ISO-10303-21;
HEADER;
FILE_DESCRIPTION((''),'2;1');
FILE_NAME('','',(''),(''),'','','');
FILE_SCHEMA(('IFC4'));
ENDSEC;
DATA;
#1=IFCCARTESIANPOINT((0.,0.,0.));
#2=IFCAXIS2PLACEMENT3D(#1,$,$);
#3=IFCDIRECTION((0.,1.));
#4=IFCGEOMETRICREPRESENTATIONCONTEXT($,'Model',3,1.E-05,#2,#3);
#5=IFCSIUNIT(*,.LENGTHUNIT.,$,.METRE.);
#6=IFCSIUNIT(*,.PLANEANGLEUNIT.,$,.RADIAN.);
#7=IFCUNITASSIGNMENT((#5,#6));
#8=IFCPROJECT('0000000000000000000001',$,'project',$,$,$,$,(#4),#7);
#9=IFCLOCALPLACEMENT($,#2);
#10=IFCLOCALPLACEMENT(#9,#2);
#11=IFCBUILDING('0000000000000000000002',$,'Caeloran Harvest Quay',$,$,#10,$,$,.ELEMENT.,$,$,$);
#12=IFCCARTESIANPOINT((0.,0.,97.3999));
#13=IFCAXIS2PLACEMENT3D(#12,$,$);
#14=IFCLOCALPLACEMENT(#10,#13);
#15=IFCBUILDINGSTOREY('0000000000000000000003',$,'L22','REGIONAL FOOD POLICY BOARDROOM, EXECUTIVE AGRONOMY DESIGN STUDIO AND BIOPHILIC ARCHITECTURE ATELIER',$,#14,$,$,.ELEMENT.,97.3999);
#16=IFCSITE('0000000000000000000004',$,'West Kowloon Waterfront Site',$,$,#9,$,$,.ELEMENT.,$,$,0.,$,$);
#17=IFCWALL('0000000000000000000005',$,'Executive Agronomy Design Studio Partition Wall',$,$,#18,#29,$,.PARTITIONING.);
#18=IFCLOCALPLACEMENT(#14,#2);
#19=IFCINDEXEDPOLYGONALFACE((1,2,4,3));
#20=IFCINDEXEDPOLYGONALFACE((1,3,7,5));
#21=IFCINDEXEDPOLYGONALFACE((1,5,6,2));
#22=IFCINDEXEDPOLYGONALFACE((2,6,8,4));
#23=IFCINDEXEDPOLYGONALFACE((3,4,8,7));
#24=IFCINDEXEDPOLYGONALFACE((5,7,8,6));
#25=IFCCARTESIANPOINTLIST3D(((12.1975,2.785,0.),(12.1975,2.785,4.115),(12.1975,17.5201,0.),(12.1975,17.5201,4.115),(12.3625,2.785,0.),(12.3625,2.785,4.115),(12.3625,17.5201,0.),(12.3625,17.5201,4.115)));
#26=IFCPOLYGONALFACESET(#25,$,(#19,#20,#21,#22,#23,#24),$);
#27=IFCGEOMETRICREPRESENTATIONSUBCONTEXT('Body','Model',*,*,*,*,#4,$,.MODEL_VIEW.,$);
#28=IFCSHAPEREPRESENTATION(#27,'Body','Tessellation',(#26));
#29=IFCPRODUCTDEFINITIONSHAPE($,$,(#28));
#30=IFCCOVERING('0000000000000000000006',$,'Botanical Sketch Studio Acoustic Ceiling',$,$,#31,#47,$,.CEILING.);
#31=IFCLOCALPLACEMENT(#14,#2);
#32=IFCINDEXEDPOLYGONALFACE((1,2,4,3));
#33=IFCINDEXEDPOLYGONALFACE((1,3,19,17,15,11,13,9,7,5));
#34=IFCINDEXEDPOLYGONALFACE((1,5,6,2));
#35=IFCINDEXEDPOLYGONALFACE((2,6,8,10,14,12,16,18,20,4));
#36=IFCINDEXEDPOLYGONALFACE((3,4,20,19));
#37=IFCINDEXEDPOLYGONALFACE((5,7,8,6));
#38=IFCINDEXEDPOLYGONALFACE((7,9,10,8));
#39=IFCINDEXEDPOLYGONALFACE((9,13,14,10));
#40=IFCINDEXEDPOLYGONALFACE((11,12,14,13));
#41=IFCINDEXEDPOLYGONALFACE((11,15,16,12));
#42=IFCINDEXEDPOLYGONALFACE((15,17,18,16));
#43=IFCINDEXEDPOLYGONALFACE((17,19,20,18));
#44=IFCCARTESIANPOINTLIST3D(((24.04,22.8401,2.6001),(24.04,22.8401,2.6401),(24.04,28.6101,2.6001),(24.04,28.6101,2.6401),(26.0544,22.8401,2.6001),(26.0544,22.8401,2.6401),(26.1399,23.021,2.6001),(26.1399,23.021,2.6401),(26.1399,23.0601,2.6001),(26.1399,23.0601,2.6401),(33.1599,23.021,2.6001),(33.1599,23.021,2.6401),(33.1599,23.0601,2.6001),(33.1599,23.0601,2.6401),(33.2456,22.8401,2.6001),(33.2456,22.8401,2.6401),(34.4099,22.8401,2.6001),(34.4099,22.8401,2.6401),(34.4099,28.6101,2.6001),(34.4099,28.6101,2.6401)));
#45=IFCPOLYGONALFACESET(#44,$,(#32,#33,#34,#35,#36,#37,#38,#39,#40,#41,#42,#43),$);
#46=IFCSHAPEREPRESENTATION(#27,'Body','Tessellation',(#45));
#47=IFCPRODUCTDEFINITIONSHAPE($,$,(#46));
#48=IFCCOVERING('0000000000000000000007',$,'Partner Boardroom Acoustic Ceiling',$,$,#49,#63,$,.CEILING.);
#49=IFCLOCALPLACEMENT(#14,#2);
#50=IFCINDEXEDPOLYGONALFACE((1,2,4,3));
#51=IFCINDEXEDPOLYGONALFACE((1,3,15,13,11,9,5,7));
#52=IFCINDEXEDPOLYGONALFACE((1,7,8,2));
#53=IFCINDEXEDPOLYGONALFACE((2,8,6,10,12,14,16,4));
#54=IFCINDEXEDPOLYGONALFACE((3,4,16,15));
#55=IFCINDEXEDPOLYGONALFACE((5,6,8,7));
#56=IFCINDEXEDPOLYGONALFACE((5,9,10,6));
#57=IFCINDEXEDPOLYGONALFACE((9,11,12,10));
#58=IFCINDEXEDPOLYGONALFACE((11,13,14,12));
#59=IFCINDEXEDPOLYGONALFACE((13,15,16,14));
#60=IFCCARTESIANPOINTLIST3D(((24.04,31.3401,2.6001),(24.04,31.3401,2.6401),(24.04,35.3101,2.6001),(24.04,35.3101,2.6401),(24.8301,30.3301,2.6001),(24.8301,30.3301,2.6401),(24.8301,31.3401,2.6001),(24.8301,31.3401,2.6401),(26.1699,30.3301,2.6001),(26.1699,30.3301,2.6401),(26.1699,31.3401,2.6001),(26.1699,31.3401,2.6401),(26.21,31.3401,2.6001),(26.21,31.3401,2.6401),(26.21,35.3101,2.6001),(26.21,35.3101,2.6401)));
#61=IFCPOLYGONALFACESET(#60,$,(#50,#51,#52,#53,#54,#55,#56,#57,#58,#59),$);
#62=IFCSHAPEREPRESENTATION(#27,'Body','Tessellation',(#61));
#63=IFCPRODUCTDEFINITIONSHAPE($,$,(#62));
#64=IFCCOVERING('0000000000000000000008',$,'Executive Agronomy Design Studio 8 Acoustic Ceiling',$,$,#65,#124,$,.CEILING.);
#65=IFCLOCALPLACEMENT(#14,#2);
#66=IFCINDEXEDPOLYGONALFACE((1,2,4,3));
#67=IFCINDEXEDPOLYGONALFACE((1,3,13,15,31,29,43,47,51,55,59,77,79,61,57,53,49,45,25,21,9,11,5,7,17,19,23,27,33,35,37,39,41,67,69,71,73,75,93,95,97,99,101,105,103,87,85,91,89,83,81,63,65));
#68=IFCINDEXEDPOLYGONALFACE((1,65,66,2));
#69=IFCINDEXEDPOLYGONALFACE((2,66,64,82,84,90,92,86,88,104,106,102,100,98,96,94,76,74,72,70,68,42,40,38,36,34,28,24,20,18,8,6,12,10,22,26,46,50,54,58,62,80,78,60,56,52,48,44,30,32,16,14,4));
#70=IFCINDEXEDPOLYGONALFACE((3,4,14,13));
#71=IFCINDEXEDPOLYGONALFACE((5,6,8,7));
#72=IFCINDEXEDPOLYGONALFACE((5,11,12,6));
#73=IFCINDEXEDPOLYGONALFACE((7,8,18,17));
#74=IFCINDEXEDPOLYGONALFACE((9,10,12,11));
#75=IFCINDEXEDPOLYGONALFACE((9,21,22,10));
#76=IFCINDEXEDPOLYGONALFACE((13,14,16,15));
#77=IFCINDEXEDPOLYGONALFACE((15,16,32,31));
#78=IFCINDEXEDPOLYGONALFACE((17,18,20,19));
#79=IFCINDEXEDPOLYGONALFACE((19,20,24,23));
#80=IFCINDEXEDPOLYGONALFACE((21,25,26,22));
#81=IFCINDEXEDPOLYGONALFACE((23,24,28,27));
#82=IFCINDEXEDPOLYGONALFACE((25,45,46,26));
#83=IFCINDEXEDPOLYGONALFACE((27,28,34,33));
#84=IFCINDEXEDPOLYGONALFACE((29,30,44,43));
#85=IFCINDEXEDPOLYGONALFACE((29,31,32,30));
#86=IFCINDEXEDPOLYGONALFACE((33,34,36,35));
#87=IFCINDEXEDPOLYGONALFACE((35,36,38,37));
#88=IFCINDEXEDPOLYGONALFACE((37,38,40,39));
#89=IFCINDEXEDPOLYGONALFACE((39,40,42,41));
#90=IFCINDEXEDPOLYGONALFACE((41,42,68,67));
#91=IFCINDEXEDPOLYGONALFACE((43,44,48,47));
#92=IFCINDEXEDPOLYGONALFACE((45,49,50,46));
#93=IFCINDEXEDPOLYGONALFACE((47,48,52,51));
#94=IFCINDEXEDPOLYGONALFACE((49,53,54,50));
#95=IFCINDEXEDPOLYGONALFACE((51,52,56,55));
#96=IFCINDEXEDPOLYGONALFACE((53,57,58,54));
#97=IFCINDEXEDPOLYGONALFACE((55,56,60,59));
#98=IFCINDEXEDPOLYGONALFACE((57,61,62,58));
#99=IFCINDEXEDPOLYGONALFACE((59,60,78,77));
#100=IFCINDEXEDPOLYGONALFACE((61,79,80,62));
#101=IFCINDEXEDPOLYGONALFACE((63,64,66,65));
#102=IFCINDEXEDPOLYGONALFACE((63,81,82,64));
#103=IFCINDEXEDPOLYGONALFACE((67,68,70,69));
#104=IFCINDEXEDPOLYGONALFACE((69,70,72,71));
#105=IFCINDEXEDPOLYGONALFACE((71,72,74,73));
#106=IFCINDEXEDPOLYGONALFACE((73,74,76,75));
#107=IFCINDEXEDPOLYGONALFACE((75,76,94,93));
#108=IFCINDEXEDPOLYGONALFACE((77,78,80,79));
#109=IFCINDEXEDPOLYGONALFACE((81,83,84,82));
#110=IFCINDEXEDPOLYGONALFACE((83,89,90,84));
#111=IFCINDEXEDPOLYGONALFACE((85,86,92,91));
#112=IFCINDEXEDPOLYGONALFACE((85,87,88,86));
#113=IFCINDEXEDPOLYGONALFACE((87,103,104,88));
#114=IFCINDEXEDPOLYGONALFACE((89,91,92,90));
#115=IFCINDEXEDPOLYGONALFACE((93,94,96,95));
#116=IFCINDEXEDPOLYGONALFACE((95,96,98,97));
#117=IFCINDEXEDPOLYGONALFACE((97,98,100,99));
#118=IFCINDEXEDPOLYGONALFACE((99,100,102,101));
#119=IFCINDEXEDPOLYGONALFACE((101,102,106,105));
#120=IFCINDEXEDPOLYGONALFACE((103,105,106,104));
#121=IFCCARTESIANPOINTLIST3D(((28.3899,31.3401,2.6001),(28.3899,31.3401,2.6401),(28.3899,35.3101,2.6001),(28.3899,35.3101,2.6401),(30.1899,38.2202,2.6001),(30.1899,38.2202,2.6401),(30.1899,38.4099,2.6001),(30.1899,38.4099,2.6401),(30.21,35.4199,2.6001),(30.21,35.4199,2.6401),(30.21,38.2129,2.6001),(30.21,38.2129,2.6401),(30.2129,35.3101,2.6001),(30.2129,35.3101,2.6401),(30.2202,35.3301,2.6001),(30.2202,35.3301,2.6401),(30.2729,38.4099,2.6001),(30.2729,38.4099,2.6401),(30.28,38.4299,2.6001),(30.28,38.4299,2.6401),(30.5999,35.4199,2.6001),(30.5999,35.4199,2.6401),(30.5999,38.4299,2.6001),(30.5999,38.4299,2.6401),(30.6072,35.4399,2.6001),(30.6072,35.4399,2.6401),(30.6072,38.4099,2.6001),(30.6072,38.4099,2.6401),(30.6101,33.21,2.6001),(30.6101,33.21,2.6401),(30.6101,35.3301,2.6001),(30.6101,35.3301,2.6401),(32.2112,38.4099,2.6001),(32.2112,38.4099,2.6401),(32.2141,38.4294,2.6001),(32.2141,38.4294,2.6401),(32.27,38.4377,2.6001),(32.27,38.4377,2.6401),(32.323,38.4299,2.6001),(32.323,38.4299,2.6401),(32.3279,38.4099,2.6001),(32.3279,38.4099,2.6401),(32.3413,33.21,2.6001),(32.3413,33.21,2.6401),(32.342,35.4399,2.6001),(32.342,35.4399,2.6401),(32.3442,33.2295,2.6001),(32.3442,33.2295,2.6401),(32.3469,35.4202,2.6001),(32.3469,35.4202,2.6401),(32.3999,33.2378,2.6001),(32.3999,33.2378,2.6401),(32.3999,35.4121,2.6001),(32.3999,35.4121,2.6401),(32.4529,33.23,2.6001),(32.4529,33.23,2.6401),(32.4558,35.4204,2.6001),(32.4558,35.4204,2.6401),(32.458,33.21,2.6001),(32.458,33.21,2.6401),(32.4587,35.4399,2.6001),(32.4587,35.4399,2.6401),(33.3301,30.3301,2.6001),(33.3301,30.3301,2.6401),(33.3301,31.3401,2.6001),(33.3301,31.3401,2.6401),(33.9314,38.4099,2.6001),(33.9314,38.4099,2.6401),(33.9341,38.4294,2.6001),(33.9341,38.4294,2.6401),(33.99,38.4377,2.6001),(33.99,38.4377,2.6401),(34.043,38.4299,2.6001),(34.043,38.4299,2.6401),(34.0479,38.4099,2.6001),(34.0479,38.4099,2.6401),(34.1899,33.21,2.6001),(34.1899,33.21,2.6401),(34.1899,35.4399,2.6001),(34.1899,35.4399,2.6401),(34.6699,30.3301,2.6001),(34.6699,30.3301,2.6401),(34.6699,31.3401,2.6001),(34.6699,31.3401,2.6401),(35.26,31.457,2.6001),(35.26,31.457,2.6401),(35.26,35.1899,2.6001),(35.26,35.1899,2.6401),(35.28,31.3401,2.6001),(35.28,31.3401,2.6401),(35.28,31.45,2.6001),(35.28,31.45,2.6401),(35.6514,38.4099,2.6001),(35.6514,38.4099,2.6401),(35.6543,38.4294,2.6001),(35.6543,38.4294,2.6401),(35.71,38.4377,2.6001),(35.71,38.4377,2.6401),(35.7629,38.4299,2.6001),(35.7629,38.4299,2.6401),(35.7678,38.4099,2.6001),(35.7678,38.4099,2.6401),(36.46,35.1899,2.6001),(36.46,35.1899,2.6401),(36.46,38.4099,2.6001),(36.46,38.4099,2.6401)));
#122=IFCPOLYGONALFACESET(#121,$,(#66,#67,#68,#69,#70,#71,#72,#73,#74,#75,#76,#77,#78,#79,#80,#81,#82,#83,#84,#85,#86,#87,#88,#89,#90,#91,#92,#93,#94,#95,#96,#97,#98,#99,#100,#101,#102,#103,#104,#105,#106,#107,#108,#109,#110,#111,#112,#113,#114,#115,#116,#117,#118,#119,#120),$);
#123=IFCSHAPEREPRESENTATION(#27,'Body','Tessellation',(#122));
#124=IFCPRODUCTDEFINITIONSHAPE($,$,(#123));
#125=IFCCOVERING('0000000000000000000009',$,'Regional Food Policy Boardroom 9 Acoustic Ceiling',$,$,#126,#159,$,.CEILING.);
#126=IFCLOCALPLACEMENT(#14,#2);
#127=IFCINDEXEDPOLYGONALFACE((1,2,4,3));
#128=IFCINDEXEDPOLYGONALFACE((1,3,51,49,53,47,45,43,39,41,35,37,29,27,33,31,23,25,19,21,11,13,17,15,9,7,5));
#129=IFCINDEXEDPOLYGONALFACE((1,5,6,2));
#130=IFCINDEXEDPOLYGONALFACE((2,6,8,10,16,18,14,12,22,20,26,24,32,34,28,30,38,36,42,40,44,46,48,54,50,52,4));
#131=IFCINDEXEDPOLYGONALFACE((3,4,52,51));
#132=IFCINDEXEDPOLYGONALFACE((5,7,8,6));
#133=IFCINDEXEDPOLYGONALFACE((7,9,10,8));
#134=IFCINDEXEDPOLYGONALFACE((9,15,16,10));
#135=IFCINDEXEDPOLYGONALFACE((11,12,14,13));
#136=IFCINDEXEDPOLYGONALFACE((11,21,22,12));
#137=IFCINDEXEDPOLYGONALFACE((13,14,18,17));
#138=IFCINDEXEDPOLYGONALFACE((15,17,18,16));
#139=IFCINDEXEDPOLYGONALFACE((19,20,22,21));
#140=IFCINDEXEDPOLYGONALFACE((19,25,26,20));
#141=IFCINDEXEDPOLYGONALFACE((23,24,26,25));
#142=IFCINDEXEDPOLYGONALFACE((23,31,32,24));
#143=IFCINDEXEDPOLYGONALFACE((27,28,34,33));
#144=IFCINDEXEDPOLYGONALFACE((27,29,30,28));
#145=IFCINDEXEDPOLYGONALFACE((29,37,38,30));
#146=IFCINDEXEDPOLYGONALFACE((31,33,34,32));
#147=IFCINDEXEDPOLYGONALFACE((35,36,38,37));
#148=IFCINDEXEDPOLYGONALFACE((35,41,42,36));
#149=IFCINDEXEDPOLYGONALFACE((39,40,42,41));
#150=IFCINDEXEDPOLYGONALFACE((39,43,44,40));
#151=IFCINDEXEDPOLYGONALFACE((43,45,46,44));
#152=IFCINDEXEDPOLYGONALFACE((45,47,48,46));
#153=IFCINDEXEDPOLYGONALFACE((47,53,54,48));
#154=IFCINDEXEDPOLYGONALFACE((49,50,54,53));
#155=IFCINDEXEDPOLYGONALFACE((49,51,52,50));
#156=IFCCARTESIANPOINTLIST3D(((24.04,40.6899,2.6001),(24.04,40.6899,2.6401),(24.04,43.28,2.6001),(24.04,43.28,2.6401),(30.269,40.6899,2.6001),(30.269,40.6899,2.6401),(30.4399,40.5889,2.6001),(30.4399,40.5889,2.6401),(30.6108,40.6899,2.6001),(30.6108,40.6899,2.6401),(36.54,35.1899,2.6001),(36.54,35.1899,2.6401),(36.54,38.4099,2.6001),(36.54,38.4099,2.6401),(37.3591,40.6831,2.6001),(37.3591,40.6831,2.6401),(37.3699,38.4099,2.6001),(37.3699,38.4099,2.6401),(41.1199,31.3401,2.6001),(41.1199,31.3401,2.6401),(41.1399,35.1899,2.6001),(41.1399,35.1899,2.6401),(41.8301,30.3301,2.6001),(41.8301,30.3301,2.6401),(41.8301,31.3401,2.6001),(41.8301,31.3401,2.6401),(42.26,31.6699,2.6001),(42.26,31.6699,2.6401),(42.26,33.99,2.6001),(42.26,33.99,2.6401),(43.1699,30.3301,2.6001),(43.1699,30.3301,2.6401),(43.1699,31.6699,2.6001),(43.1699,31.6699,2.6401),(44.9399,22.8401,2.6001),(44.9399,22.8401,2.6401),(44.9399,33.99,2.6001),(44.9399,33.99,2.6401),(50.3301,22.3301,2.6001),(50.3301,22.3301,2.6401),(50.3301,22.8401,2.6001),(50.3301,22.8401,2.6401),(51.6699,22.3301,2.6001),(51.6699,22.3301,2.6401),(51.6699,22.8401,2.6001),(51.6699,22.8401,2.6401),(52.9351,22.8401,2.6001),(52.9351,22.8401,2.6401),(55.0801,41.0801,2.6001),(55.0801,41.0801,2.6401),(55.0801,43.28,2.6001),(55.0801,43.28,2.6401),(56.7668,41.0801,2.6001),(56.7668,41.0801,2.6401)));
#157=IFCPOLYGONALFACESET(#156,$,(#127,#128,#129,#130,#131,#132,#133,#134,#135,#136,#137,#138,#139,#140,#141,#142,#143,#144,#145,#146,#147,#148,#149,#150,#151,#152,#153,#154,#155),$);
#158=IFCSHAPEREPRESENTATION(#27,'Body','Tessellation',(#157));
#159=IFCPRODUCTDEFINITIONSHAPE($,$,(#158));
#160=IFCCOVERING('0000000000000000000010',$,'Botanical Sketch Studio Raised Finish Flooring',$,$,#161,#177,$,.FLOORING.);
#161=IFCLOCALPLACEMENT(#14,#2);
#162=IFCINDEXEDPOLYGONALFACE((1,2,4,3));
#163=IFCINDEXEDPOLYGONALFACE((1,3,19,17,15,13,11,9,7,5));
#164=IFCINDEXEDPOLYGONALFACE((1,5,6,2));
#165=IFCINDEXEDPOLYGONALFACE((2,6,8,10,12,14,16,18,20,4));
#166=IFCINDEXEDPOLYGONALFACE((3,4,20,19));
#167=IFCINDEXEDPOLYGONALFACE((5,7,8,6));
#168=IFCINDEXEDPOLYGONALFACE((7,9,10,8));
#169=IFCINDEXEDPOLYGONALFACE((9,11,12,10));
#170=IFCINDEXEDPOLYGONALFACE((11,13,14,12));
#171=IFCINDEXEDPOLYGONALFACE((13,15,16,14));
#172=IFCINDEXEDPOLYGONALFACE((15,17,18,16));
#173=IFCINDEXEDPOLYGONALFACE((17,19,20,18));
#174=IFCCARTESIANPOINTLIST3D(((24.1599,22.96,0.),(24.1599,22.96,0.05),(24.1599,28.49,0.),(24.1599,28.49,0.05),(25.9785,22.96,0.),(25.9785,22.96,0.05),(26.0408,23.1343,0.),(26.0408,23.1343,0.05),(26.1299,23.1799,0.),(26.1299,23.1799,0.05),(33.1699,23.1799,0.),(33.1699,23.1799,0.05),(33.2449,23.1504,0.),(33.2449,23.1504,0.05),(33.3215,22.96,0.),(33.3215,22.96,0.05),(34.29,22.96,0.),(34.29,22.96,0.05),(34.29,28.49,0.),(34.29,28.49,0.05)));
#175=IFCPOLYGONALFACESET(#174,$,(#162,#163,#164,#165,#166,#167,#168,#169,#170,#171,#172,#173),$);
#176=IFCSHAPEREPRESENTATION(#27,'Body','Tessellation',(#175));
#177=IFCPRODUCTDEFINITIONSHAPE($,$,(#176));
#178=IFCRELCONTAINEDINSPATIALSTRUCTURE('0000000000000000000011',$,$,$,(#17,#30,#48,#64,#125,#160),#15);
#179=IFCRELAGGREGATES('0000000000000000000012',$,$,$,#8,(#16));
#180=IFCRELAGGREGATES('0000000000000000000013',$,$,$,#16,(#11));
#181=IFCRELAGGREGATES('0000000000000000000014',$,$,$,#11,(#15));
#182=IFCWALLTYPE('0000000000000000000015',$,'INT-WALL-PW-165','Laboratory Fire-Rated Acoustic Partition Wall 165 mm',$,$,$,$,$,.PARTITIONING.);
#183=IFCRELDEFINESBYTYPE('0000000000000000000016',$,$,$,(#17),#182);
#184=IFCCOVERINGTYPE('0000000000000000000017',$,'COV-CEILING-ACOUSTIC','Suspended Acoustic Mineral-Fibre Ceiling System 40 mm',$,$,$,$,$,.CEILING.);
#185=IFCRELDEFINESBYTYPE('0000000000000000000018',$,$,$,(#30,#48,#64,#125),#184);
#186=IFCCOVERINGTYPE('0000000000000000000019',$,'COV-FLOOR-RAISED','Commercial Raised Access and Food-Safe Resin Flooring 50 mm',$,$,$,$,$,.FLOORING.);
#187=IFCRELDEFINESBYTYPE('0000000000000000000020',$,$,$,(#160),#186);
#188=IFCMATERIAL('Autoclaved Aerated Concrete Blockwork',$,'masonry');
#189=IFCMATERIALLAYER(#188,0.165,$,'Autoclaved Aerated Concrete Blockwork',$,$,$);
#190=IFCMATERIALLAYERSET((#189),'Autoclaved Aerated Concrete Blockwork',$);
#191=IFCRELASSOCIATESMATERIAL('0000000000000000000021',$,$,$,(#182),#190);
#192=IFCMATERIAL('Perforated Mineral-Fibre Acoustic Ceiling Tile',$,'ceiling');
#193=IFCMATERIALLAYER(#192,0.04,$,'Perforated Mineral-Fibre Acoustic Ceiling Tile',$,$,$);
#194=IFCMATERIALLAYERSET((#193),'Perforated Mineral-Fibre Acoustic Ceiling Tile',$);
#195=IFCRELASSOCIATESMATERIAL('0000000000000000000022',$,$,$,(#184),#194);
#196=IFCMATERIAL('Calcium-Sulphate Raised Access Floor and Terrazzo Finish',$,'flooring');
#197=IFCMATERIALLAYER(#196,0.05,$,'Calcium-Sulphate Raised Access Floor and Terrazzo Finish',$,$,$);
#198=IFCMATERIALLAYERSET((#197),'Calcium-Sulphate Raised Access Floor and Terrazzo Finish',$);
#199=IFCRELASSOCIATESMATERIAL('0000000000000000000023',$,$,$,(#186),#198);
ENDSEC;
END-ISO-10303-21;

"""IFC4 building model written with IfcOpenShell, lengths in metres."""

from ifc_helpers import new_model, si_unit, direction, frame, frame_2d, origin, place, context, subcontext, project, spatial, polyline, rectangle, outline, extrude, material, layer, layer_set, type_object, element, save


model = new_model("IFC4")

# Units and contexts
model_context = context("Model", 3, precision=1e-05, world=origin(), true_north=direction((0.0, 1.0)))
body_context = subcontext(model_context, "Body", "Model", "MODEL_VIEW")
ifc_project = project(units=[si_unit("LENGTHUNIT", "METRE"), si_unit("PLANEANGLEUNIT", "RADIAN")], contexts=[model_context])

# Site, building, storey
site_placement = place(None, origin())
site = spatial("IfcSite", under=ifc_project, at=site_placement, Name="West Kowloon Waterfront Site", CompositionType="ELEMENT", RefElevation=0.0)
building_placement = place(site_placement, origin())
building = spatial("IfcBuilding", under=site, at=building_placement, Name="Caeloran Harvest Quay", CompositionType="ELEMENT")
storey_placement = place(building_placement, frame((0.0, 0.0, 97.3999)))
storey = spatial("IfcBuildingStorey", under=building, at=storey_placement, Name="L22", Description="REGIONAL FOOD POLICY BOARDROOM, EXECUTIVE AGRONOMY DESIGN STUDIO AND BIOPHILIC ARCHITECTURE ATELIER", CompositionType="ELEMENT", Elevation=97.3999)

# Wall
ifc_material_1 = material(Name="Autoclaved Aerated Concrete Blockwork", Category="masonry")
ifc_layer_1 = layer(ifc_material_1, 0.165, Name="Autoclaved Aerated Concrete Blockwork")
ifc_layer_set_1 = layer_set([ifc_layer_1], Name="Autoclaved Aerated Concrete Blockwork")
wall_type_1 = type_object("IfcWallType", Name="INT-WALL-PW-165", Description="Laboratory Fire-Rated Acoustic Partition Wall 165 mm", PredefinedType="PARTITIONING", material=ifc_layer_set_1)
wall_1_placement = place(storey_placement, frame((12.28, 2.7849, 0.0), z_axis=(0.0, 0.0, 1.0), x_axis=(0.0, 1.0, 0.0)))
element("IfcWall", 1, at=wall_1_placement, inside=storey, type_object=wall_type_1, Name="Executive Agronomy Design Studio Partition Wall", PredefinedType="PARTITIONING", context=body_context, shape_type="SweptSolid", body=[
    extrude(rectangle(XDim=14.7351, YDim=0.165, at=frame_2d((7.3677, 0.0))), origin(), (0.0, 0.0, 1.0), 4.115),
])

# Coverings
ifc_material_2 = material(Name="Perforated Mineral-Fibre Acoustic Ceiling Tile", Category="ceiling")
ifc_layer_2 = layer(ifc_material_2, 0.04, Name="Perforated Mineral-Fibre Acoustic Ceiling Tile")
ifc_layer_set_2 = layer_set([ifc_layer_2], Name="Perforated Mineral-Fibre Acoustic Ceiling Tile")
covering_type_1 = type_object("IfcCoveringType", Name="COV-CEILING-ACOUSTIC", Description="Suspended Acoustic Mineral-Fibre Ceiling System 40 mm", PredefinedType="CEILING", material=ifc_layer_set_2)
covering_1_placement = place(storey_placement, frame((0.0, 0.0, 2.6001)))
element("IfcCovering", 2, at=covering_1_placement, inside=storey, type_object=covering_type_1, Name="Botanical Sketch Studio Acoustic Ceiling", PredefinedType="CEILING", context=body_context, shape_type="SweptSolid", body=[
    extrude(outline(polyline([(26.1399, 23.0601), (26.1399, 23.021), (26.0544, 22.8401), (24.04, 22.8401), (24.04, 28.6101), (34.4099, 28.6101), (34.4099, 22.8401), (33.2456, 22.8401), (33.1599, 23.021), (33.1599, 23.0601), (26.1399, 23.0601)])), origin(), (0.0, 0.0, 1.0), 0.04),
])
covering_2_placement = place(storey_placement, frame((0.0, 0.0, 2.6001)))
element("IfcCovering", 3, at=covering_2_placement, inside=storey, type_object=covering_type_1, Name="Partner Boardroom Acoustic Ceiling", PredefinedType="CEILING", context=body_context, shape_type="SweptSolid", body=[
    extrude(outline(polyline([(26.1699, 30.3301), (24.8301, 30.3301), (24.8301, 31.3401), (24.04, 31.3401), (24.04, 35.3101), (26.21, 35.3101), (26.21, 31.3401), (26.1699, 31.3401), (26.1699, 30.3301)])), origin(), (0.0, 0.0, 1.0), 0.04),
])
covering_3_placement = place(storey_placement, frame((0.0, 0.0, 2.6001)))
element("IfcCovering", 4, at=covering_3_placement, inside=storey, type_object=covering_type_1, Name="Executive Agronomy Design Studio 8 Acoustic Ceiling", PredefinedType="CEILING", context=body_context, shape_type="SweptSolid", body=[
    extrude(outline(polyline([(34.6699, 30.3301), (33.3301, 30.3301), (33.3301, 31.3401), (28.3899, 31.3401), (28.3899, 35.3101), (30.2129, 35.3101), (30.2202, 35.3301), (30.6101, 35.3301), (30.6101, 33.21), (32.3413, 33.21), (32.3442, 33.2295), (32.3999, 33.2378), (32.4529, 33.23), (32.458, 33.21), (34.1899, 33.21), (34.1899, 35.4399), (32.4587, 35.4399), (32.4558, 35.4204), (32.3999, 35.4121), (32.3469, 35.4202), (32.342, 35.4399), (30.6072, 35.4399), (30.5999, 35.4199), (30.21, 35.4199), (30.21, 38.2129), (30.1899, 38.2202), (30.1899, 38.4099), (30.2729, 38.4099), (30.28, 38.4299), (30.5999, 38.4299), (30.6072, 38.4099), (32.2112, 38.4099), (32.2141, 38.4294), (32.27, 38.4377), (32.323, 38.4299), (32.3279, 38.4099), (33.9314, 38.4099), (33.9341, 38.4294), (33.99, 38.4377), (34.043, 38.4299), (34.0479, 38.4099), (35.6514, 38.4099), (35.6543, 38.4294), (35.71, 38.4377), (35.7629, 38.4299), (35.7678, 38.4099), (36.46, 38.4099), (36.46, 35.1899), (35.26, 35.1899), (35.26, 31.457), (35.28, 31.45), (35.28, 31.3401), (34.6699, 31.3401), (34.6699, 30.3301)])), origin(), (0.0, 0.0, 1.0), 0.04),
])
covering_4_placement = place(storey_placement, frame((0.0, 0.0, 2.6001)))
element("IfcCovering", 5, at=covering_4_placement, inside=storey, type_object=covering_type_1, Name="Regional Food Policy Boardroom 9 Acoustic Ceiling", PredefinedType="CEILING", context=body_context, shape_type="SweptSolid", body=[
    extrude(outline(polyline([(50.3301, 22.8401), (44.9399, 22.8401), (44.9399, 33.99), (42.26, 33.99), (42.26, 31.6699), (43.1699, 31.6699), (43.1699, 30.3301), (41.8301, 30.3301), (41.8301, 31.3401), (41.1199, 31.3401), (41.1399, 35.1899), (36.54, 35.1899), (36.54, 38.4099), (37.3699, 38.4099), (37.3591, 40.6831), (30.6108, 40.6899), (30.4399, 40.5889), (30.269, 40.6899), (24.04, 40.6899), (24.04, 43.28), (55.0801, 43.28), (55.0801, 41.0801), (56.7668, 41.0801), (52.9351, 22.8401), (51.6699, 22.8401), (51.6699, 22.3301), (50.3301, 22.3301), (50.3301, 22.8401)])), origin(), (0.0, 0.0, 1.0), 0.04),
])
ifc_material_3 = material(Name="Calcium-Sulphate Raised Access Floor and Terrazzo Finish", Category="flooring")
ifc_layer_3 = layer(ifc_material_3, 0.05, Name="Calcium-Sulphate Raised Access Floor and Terrazzo Finish")
ifc_layer_set_3 = layer_set([ifc_layer_3], Name="Calcium-Sulphate Raised Access Floor and Terrazzo Finish")
covering_type_2 = type_object("IfcCoveringType", Name="COV-FLOOR-RAISED", Description="Commercial Raised Access and Food-Safe Resin Flooring 50 mm", PredefinedType="FLOORING", material=ifc_layer_set_3)
covering_5_placement = place(storey_placement, origin())
element("IfcCovering", 6, at=covering_5_placement, inside=storey, type_object=covering_type_2, Name="Botanical Sketch Studio Raised Finish Flooring", PredefinedType="FLOORING", context=body_context, shape_type="SweptSolid", body=[
    extrude(outline(polyline([(33.3215, 22.96), (33.2449, 23.1504), (33.1699, 23.1799), (26.1299, 23.1799), (26.0408, 23.1343), (25.9785, 22.96), (24.1599, 22.96), (24.1599, 28.49), (34.29, 28.49), (34.29, 22.96), (33.3215, 22.96)])), origin(), (0.0, 0.0, 1.0), 0.05),
])

save(model, "model.ifc")
